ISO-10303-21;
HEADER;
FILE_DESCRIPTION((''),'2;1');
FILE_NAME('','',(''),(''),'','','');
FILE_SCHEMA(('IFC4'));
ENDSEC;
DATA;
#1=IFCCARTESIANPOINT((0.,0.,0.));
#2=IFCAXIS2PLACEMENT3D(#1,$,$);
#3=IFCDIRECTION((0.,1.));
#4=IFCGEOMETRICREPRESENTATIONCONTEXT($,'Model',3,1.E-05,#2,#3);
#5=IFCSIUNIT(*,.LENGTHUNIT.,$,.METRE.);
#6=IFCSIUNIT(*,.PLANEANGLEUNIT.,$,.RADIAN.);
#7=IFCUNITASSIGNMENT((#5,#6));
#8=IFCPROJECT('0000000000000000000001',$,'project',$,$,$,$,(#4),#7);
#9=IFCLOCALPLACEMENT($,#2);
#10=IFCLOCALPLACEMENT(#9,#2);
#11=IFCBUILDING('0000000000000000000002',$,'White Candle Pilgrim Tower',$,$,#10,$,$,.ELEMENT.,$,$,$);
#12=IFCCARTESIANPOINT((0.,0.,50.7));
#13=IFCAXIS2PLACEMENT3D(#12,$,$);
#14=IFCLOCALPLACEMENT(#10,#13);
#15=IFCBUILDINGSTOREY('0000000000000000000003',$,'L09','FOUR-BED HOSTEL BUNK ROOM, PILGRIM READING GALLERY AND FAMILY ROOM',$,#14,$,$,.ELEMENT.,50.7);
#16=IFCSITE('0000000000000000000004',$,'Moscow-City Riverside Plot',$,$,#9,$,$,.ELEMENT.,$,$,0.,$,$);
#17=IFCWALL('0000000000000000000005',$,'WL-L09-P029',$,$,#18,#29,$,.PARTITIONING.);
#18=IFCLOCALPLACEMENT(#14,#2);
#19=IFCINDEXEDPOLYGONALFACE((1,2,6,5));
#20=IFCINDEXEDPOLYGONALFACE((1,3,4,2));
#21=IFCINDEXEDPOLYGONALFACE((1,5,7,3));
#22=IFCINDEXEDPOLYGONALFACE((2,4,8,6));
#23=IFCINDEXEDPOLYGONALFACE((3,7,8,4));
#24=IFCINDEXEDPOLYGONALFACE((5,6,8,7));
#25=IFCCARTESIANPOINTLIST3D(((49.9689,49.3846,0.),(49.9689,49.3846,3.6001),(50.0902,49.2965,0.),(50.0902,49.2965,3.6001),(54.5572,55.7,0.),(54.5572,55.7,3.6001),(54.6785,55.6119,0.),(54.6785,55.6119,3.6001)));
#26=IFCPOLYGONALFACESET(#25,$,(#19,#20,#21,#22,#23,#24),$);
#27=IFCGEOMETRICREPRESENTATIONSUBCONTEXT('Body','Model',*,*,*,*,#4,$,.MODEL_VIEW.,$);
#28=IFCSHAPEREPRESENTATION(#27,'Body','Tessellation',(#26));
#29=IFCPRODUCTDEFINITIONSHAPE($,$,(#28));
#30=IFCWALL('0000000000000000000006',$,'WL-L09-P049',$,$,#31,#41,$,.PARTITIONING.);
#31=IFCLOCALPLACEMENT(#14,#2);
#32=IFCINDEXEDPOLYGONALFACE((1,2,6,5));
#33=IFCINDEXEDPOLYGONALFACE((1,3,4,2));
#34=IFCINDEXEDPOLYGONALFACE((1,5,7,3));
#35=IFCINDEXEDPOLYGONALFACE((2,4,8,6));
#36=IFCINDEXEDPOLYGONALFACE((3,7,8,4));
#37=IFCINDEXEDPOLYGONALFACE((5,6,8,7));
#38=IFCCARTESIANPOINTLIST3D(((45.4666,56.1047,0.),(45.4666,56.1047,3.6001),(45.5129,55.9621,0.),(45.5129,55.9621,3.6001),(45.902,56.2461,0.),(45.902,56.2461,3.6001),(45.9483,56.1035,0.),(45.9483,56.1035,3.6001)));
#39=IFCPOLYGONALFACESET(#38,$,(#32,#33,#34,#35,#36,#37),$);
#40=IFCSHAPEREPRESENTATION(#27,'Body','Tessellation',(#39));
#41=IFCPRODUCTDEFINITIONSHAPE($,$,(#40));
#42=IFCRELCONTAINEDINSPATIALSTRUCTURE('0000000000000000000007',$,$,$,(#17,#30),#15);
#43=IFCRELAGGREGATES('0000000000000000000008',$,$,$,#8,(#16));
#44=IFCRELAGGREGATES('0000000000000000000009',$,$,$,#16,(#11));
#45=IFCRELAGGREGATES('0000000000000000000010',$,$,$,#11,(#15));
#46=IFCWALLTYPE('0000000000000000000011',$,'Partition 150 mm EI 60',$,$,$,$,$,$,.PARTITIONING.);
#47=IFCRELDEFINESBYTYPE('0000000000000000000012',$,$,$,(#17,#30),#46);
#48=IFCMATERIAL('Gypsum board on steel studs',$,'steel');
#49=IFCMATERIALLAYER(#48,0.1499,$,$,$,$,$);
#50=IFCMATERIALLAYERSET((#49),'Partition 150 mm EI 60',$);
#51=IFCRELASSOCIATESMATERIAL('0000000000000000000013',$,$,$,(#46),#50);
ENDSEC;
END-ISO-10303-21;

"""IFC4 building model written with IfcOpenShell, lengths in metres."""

from ifc_helpers import new_model, si_unit, direction, frame, frame_2d, origin, place, context, subcontext, project, spatial, rectangle, extrude, material, layer, layer_set, type_object, element, save


model = new_model("IFC4")

# Units and contexts
model_context = context("Model", 3, precision=1e-05, world=origin(), true_north=direction((0.0, 1.0)))
body_context = subcontext(model_context, "Body", "Model", "MODEL_VIEW")
ifc_project = project(units=[si_unit("LENGTHUNIT", "METRE"), si_unit("PLANEANGLEUNIT", "RADIAN")], contexts=[model_context])

# Site, building, storey
site_placement = place(None, origin())
site = spatial("IfcSite", under=ifc_project, at=site_placement, Name="Moscow-City Riverside Plot", CompositionType="ELEMENT", RefElevation=0.0)
building_placement = place(site_placement, origin())
building = spatial("IfcBuilding", under=site, at=building_placement, Name="White Candle Pilgrim Tower", CompositionType="ELEMENT")
storey_placement = place(building_placement, frame((0.0, 0.0, 50.7)))
storey = spatial("IfcBuildingStorey", under=building, at=storey_placement, Name="L09", Description="FOUR-BED HOSTEL BUNK ROOM, PILGRIM READING GALLERY AND FAMILY ROOM", CompositionType="ELEMENT", Elevation=50.7)

# Shared definitions
ifc_material_1 = material(Name="Gypsum board on steel studs", Category="steel")

# Walls
ifc_layer_1 = layer(ifc_material_1, 0.1499)
ifc_layer_set_1 = layer_set([ifc_layer_1], Name="Partition 150 mm EI 60")
wall_type_1 = type_object("IfcWallType", Name="Partition 150 mm EI 60", PredefinedType="PARTITIONING", material=ifc_layer_set_1)
wall_1_placement = place(storey_placement, frame((50.0295, 49.3406, 0.0), z_axis=(0.0, 0.0, 1.0), x_axis=(0.587781, 0.80902, 0.0)))
element("IfcWall", 1, at=wall_1_placement, inside=storey, type_object=wall_type_1, Name="WL-L09-P029", PredefinedType="PARTITIONING", context=body_context, shape_type="SweptSolid", body=[
    extrude(rectangle(XDim=7.8062, YDim=0.1499, at=frame_2d((3.9031, 0.0))), origin(), (0.0, 0.0, 1.0), 3.6001),
])
wall_2_placement = place(storey_placement, frame((45.9253, 56.1748, 0.0), z_axis=(0.0, 0.0, 1.0), x_axis=(-0.951109, -0.308857, 0.0)))
element("IfcWall", 2, at=wall_2_placement, inside=storey, type_object=wall_type_1, Name="WL-L09-P049", PredefinedType="PARTITIONING", context=body_context, shape_type="SweptSolid", body=[
    extrude(rectangle(XDim=0.4578, YDim=0.1499, at=frame_2d((0.229, 0.0))), origin(), (0.0, 0.0, 1.0), 3.6001),
])

save(model, "model.ifc")
